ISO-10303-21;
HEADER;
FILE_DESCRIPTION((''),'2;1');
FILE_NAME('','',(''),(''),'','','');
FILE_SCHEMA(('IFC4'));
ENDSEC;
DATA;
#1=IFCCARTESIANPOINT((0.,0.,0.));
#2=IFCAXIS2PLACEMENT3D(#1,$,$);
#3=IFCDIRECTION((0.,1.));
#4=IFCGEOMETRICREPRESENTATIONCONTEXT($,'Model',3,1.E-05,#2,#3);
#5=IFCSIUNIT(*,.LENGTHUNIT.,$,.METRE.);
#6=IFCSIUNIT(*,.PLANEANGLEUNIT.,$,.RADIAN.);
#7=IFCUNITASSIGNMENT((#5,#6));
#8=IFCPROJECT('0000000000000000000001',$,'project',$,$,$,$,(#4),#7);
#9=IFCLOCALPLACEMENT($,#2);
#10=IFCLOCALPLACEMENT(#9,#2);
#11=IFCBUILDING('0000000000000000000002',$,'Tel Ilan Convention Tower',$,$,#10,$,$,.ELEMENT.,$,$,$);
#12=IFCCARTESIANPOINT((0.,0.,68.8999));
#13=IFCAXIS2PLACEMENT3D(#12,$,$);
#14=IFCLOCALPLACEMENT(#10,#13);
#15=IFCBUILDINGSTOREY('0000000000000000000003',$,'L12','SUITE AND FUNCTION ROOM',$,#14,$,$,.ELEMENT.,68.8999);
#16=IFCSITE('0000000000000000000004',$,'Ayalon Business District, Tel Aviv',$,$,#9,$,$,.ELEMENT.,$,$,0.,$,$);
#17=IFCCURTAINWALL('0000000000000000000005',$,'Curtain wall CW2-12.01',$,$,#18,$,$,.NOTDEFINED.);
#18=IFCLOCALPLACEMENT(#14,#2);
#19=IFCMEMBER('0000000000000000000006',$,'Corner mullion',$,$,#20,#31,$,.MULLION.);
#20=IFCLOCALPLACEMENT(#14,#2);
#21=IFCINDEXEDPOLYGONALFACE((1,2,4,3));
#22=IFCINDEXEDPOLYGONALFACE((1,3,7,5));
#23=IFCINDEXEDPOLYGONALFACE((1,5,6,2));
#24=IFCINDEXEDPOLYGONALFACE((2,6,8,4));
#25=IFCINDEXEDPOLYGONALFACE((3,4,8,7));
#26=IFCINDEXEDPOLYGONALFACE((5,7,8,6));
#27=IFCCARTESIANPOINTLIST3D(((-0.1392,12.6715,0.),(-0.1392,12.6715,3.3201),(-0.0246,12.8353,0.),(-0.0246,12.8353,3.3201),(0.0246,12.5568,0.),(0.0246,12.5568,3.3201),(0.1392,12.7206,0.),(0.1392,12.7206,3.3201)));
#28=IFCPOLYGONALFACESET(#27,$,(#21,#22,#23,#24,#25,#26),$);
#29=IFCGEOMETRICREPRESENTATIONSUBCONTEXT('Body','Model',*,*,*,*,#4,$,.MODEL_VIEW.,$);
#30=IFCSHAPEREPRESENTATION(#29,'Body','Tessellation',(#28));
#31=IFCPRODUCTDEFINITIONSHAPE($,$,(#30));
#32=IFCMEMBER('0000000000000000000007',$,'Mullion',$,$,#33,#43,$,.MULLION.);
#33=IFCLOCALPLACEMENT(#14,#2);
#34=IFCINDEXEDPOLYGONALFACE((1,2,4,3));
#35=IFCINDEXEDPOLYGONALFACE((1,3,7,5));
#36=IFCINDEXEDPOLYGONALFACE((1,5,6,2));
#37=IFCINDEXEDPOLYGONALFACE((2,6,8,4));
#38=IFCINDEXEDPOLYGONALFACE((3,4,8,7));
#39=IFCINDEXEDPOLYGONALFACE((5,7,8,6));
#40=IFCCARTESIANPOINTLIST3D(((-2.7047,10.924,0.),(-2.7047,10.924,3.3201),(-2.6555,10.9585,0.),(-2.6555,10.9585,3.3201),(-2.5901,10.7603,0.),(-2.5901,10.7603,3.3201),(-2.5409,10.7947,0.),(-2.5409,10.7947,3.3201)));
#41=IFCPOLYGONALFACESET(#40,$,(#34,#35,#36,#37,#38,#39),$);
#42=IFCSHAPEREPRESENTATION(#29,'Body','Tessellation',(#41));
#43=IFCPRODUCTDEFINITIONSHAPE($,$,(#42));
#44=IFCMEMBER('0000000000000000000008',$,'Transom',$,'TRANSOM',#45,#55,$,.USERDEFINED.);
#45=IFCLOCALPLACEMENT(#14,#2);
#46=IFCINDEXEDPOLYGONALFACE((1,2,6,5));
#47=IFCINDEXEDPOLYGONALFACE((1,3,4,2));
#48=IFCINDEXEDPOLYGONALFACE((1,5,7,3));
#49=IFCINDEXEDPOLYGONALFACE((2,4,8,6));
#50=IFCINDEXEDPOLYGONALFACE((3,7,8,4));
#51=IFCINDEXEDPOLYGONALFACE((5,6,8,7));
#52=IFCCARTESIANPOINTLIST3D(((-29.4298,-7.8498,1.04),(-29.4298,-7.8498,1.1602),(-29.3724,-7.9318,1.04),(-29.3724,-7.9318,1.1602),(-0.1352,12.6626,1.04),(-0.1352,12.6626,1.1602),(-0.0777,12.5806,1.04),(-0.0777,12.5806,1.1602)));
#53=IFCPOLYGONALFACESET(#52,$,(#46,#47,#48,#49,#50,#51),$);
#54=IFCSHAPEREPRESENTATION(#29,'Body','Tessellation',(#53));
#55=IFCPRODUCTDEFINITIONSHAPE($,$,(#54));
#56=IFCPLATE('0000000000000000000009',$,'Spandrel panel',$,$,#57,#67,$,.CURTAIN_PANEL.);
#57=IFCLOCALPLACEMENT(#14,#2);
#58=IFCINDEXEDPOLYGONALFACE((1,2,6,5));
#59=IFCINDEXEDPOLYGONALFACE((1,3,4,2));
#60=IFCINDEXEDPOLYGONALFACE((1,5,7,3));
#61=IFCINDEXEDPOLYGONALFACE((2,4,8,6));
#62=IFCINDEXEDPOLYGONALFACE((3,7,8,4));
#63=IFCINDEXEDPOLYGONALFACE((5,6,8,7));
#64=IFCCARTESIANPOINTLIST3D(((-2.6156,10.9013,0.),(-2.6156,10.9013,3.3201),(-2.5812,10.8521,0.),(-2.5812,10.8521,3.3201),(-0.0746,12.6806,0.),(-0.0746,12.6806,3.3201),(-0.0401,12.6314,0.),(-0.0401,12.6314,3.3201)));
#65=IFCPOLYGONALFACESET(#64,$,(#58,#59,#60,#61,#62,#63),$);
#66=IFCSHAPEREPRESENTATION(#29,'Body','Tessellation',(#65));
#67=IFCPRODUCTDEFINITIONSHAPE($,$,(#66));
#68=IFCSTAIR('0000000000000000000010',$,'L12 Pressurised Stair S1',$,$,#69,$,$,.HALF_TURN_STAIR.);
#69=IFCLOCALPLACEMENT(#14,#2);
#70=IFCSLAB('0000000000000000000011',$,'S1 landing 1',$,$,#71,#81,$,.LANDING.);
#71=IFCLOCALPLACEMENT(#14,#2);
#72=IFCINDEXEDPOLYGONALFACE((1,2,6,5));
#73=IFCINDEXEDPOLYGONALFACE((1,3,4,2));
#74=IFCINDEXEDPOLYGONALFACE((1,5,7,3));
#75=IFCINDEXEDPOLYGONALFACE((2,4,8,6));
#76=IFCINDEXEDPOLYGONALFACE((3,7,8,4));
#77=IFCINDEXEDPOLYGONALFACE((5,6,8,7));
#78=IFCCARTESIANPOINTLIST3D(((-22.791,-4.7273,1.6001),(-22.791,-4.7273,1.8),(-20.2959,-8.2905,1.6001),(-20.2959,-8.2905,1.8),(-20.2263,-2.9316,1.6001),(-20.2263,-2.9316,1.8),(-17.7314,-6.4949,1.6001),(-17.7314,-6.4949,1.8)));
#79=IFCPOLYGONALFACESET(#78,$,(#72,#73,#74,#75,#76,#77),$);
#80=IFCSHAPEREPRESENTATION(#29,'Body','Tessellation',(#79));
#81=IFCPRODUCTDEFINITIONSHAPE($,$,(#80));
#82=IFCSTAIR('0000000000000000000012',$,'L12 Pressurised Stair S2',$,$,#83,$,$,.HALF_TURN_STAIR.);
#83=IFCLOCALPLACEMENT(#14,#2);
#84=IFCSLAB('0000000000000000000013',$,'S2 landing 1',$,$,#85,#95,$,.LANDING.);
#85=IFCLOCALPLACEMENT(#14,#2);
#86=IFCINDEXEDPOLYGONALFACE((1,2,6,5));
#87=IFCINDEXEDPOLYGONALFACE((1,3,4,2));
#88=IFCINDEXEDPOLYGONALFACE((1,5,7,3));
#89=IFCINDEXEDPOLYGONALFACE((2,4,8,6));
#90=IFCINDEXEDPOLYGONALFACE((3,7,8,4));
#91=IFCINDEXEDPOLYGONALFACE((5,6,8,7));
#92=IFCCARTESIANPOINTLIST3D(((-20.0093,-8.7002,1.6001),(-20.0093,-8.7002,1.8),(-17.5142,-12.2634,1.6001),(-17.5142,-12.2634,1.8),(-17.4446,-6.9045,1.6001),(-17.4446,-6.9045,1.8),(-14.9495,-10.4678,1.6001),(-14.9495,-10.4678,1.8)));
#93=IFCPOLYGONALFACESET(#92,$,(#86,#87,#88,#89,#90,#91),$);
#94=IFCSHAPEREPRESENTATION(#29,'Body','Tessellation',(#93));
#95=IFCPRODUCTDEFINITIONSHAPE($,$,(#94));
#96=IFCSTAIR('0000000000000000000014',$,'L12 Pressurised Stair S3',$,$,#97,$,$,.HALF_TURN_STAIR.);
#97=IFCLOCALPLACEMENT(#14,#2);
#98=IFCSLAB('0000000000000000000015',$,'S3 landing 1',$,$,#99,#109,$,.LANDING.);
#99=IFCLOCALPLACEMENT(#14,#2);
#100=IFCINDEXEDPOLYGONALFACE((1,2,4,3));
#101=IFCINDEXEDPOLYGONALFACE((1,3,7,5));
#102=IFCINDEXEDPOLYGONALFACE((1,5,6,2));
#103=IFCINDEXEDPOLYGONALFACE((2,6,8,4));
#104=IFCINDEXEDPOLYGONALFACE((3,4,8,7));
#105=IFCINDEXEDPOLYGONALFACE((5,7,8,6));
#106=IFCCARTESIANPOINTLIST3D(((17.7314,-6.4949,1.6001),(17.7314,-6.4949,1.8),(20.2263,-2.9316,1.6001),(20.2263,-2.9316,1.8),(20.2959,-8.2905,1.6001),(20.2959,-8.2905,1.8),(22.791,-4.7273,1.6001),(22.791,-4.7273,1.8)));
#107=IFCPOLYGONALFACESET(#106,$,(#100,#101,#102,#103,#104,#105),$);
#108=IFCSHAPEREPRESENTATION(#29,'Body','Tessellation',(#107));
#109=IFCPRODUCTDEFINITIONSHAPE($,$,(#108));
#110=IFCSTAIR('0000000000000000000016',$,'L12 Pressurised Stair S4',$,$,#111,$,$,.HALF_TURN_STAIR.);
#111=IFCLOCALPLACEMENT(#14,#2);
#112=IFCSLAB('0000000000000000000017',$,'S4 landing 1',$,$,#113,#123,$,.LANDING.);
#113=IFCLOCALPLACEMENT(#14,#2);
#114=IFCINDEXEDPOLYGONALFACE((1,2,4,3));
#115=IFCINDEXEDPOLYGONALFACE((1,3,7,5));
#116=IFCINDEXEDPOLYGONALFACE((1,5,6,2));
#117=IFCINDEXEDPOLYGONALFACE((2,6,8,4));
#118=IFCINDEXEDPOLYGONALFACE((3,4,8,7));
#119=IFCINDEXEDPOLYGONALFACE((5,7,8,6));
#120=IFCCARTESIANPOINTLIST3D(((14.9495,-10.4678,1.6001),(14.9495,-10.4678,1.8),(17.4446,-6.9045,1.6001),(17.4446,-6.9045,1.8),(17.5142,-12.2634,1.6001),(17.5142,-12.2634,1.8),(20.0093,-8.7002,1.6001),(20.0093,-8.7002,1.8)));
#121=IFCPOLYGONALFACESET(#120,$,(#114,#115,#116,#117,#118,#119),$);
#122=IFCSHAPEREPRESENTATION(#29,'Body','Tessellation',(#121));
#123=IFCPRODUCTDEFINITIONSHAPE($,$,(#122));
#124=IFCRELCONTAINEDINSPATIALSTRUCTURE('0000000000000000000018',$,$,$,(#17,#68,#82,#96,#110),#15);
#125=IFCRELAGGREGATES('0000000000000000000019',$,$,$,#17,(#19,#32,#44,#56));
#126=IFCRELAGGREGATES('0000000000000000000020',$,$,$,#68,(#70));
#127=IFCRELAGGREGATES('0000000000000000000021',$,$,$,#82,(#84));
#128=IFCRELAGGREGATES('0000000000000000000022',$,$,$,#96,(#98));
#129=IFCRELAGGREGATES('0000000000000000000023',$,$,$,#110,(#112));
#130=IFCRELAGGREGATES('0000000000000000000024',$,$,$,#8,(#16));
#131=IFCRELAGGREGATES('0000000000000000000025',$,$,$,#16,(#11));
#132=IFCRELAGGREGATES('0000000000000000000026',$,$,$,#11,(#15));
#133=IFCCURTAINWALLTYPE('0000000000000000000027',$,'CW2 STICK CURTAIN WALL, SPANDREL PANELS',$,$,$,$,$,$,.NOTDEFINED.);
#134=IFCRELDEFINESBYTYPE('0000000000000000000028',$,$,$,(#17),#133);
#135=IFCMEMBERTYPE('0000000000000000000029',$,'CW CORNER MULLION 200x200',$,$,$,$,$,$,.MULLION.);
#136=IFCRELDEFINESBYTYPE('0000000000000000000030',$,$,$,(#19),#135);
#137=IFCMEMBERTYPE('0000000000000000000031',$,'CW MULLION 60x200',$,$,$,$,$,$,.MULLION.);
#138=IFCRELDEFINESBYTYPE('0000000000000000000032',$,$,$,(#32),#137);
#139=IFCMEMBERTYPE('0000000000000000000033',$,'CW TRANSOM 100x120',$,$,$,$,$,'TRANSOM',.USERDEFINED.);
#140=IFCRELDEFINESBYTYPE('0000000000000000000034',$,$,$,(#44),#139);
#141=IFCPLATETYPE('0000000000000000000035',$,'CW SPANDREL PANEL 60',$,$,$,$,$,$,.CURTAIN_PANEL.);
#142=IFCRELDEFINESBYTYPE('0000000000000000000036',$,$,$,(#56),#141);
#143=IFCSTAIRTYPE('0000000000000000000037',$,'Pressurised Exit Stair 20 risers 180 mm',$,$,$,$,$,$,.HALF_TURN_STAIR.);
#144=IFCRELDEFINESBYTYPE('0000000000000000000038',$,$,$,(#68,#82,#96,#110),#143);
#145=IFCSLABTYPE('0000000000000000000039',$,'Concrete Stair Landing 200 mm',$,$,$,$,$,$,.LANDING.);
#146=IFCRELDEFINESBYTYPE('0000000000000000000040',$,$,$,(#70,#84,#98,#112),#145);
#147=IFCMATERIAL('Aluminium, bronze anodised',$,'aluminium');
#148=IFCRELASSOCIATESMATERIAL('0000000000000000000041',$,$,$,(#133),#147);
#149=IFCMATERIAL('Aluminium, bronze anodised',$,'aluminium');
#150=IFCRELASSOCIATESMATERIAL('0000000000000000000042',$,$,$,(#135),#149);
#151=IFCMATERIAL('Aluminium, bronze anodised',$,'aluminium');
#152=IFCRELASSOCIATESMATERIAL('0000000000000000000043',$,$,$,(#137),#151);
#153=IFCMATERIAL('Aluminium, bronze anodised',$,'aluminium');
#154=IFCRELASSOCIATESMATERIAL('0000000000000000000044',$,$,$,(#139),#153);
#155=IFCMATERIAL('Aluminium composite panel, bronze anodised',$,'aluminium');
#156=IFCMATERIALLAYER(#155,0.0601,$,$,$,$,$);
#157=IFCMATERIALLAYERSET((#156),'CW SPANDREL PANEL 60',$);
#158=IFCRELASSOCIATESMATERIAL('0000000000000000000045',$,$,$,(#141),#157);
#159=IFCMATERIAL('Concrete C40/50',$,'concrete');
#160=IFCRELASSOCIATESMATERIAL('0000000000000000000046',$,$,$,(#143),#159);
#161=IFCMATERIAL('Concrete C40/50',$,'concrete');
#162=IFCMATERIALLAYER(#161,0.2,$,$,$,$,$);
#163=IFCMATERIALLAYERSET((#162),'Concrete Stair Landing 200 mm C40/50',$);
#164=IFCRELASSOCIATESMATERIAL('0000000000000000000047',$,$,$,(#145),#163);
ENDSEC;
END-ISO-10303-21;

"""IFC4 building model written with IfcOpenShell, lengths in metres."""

from ifc_helpers import new_model, si_unit, direction, frame, origin, origin_2d, place, context, subcontext, project, spatial, polyline, rectangle, outline, extrude, material, layer, layer_set, material_profile, profile_set, type_object, element, aggregate, save


model = new_model("IFC4")

# Units and contexts
model_context = context("Model", 3, precision=1e-05, world=origin(), true_north=direction((0.0, 1.0)))
body_context = subcontext(model_context, "Body", "Model", "MODEL_VIEW")
ifc_project = project(units=[si_unit("LENGTHUNIT", "METRE"), si_unit("PLANEANGLEUNIT", "RADIAN")], contexts=[model_context])

# Site, building, storey
site_placement = place(None, origin())
site = spatial("IfcSite", under=ifc_project, at=site_placement, Name="Ayalon Business District, Tel Aviv", CompositionType="ELEMENT", RefElevation=0.0)
building_placement = place(site_placement, origin())
building = spatial("IfcBuilding", under=site, at=building_placement, Name="Tel Ilan Convention Tower", CompositionType="ELEMENT")
storey_placement = place(building_placement, frame((0.0, 0.0, 68.8999)))
storey = spatial("IfcBuildingStorey", under=building, at=storey_placement, Name="L12", Description="SUITE AND FUNCTION ROOM", CompositionType="ELEMENT", Elevation=68.8999)

# Curtain wall, members, plate
ifc_material_1 = material(Name="Aluminium, bronze anodised", Category="aluminium")
curtain_wall_type = type_object("IfcCurtainWallType", Name="CW2 STICK CURTAIN WALL, SPANDREL PANELS", PredefinedType="NOTDEFINED", material=ifc_material_1)
curtain_wall_placement = place(storey_placement, origin())
curtain_wall = element("IfcCurtainWall", 1, at=curtain_wall_placement, inside=storey, type_object=curtain_wall_type, Name="Curtain wall CW2-12.01", PredefinedType="NOTDEFINED")
ifc_material_2 = material(Name="Aluminium, bronze anodised", Category="aluminium")
ifc_material_profile_1 = material_profile(ifc_material_2, rectangle(XDim=0.2, YDim=0.2, at=origin_2d()), Name="CW CORNER MULLION 200x200")
ifc_profile_set_1 = profile_set([ifc_material_profile_1], Name="Aluminium, bronze anodised")
member_type_1 = type_object("IfcMemberType", Name="CW CORNER MULLION 200x200", PredefinedType="MULLION", material=ifc_profile_set_1)
member_1_placement = place(storey_placement, frame((0.0, 12.696, 0.0), z_axis=(0.0, 0.0, 1.0), x_axis=(-0.819152, 0.573576, 0.0)))
member_1 = element("IfcMember", 2, at=member_1_placement, type_object=member_type_1, Name="Corner mullion", PredefinedType="MULLION", context=body_context, shape_type="SweptSolid", body=[
    extrude(rectangle(XDim=0.2, YDim=0.2, at=origin_2d()), origin(), (0.0, 0.0, 1.0), 3.3201),
])
ifc_material_3 = material(Name="Aluminium, bronze anodised", Category="aluminium")
ifc_material_profile_2 = material_profile(ifc_material_3, rectangle(XDim=0.0601, YDim=0.2, at=origin_2d()), Name="CW MULLION 60x200")
ifc_profile_set_2 = profile_set([ifc_material_profile_2], Name="Aluminium, bronze anodised")
member_type_2 = type_object("IfcMemberType", Name="CW MULLION 60x200", PredefinedType="MULLION", material=ifc_profile_set_2)
member_2_placement = place(storey_placement, frame((-2.6228, 10.8594, 0.0), z_axis=(0.0, 0.0, 1.0), x_axis=(-0.819152, -0.573576, 0.0)))
member_2 = element("IfcMember", 3, at=member_2_placement, type_object=member_type_2, Name="Mullion", PredefinedType="MULLION", context=body_context, shape_type="SweptSolid", body=[
    extrude(rectangle(XDim=0.0601, YDim=0.2, at=origin_2d()), origin(), (0.0, 0.0, 1.0), 3.3201),
])
ifc_material_4 = material(Name="Aluminium, bronze anodised", Category="aluminium")
ifc_material_profile_3 = material_profile(ifc_material_4, rectangle(XDim=0.1001, YDim=0.1201, at=origin_2d()), Name="CW TRANSOM 100x120")
ifc_profile_set_3 = profile_set([ifc_material_profile_3], Name="Aluminium, bronze anodised")
member_type_3 = type_object("IfcMemberType", Name="CW TRANSOM 100x120", ElementType="TRANSOM", PredefinedType="USERDEFINED", material=ifc_profile_set_3)
member_3_placement = place(storey_placement, frame((-0.1064, 12.6216, 1.1001), z_axis=(-0.819151, -0.573578, 0.0), x_axis=(0.573578, -0.819151, 0.0)))
member_3 = element("IfcMember", 4, at=member_3_placement, type_object=member_type_3, Name="Transom", ObjectType="TRANSOM", PredefinedType="USERDEFINED", context=body_context, shape_type="SweptSolid", body=[
    extrude(rectangle(XDim=0.1001, YDim=0.1201, at=origin_2d()), origin(), (0.0, 0.0, 1.0), 35.7622),
])
ifc_material_5 = material(Name="Aluminium composite panel, bronze anodised", Category="aluminium")
ifc_layer_1 = layer(ifc_material_5, 0.0601)
ifc_layer_set_1 = layer_set([ifc_layer_1], Name="CW SPANDREL PANEL 60")
plate_type = type_object("IfcPlateType", Name="CW SPANDREL PANEL 60", PredefinedType="CURTAIN_PANEL", material=ifc_layer_set_1)
plate_placement = place(storey_placement, frame((-1.3279, 11.7664, 0.0), z_axis=(0.0, 0.0, 1.0), x_axis=(-0.819152, -0.573576, 0.0)))
plate = element("IfcPlate", 5, at=plate_placement, type_object=plate_type, Name="Spandrel panel", PredefinedType="CURTAIN_PANEL", context=body_context, shape_type="SweptSolid", body=[
    extrude(rectangle(XDim=3.1021, YDim=0.0601, at=origin_2d()), origin(), (0.0, 0.0, 1.0), 3.3201),
])
aggregate(curtain_wall, [member_1, member_2, member_3, plate])

# Stairs, slabs
ifc_material_6 = material(Name="Concrete C40/50", Category="concrete")
stair_type = type_object("IfcStairType", Name="Pressurised Exit Stair 20 risers 180 mm", PredefinedType="HALF_TURN_STAIR", material=ifc_material_6)
stair_1_placement = place(storey_placement, origin())
stair_1 = element("IfcStair", 6, at=stair_1_placement, inside=storey, type_object=stair_type, Name="L12 Pressurised Stair S1", PredefinedType="HALF_TURN_STAIR")
ifc_material_7 = material(Name="Concrete C40/50", Category="concrete")
ifc_layer_2 = layer(ifc_material_7, 0.2)
ifc_layer_set_2 = layer_set([ifc_layer_2], Name="Concrete Stair Landing 200 mm C40/50")
slab_type_1 = type_object("IfcSlabType", Name="Concrete Stair Landing 200 mm", PredefinedType="LANDING", material=ifc_layer_set_2)
slab_1_placement = place(storey_placement, frame((0.0, 0.0, 1.6001)))
slab_1 = element("IfcSlab", 7, at=slab_1_placement, type_object=slab_type_1, Name="S1 landing 1", PredefinedType="LANDING", context=body_context, shape_type="SweptSolid", body=[
    extrude(outline(polyline([(-20.2959, -8.2905), (-17.7314, -6.4949), (-20.2263, -2.9316), (-22.791, -4.7273), (-20.2959, -8.2905)])), origin(), (0.0, 0.0, 1.0), 0.2),
])
aggregate(stair_1, [slab_1])
stair_2_placement = place(storey_placement, origin())
stair_2 = element("IfcStair", 8, at=stair_2_placement, inside=storey, type_object=stair_type, Name="L12 Pressurised Stair S2", PredefinedType="HALF_TURN_STAIR")
slab_2_placement = place(storey_placement, frame((0.0, 0.0, 1.6001)))
slab_2 = element("IfcSlab", 9, at=slab_2_placement, type_object=slab_type_1, Name="S2 landing 1", PredefinedType="LANDING", context=body_context, shape_type="SweptSolid", body=[
    extrude(outline(polyline([(-17.5142, -12.2634), (-14.9495, -10.4678), (-17.4446, -6.9045), (-20.0093, -8.7002), (-17.5142, -12.2634)])), origin(), (0.0, 0.0, 1.0), 0.2),
])
aggregate(stair_2, [slab_2])
stair_3_placement = place(storey_placement, origin())
stair_3 = element("IfcStair", 10, at=stair_3_placement, inside=storey, type_object=stair_type, Name="L12 Pressurised Stair S3", PredefinedType="HALF_TURN_STAIR")
slab_3_placement = place(storey_placement, frame((0.0, 0.0, 1.6001)))
slab_3 = element("IfcSlab", 11, at=slab_3_placement, type_object=slab_type_1, Name="S3 landing 1", PredefinedType="LANDING", context=body_context, shape_type="SweptSolid", body=[
    extrude(outline(polyline([(22.791, -4.7273), (20.2263, -2.9316), (17.7314, -6.4949), (20.2959, -8.2905), (22.791, -4.7273)])), origin(), (0.0, 0.0, 1.0), 0.2),
])
aggregate(stair_3, [slab_3])
stair_4_placement = place(storey_placement, origin())
stair_4 = element("IfcStair", 12, at=stair_4_placement, inside=storey, type_object=stair_type, Name="L12 Pressurised Stair S4", PredefinedType="HALF_TURN_STAIR")
slab_4_placement = place(storey_placement, frame((0.0, 0.0, 1.6001)))
slab_4 = element("IfcSlab", 13, at=slab_4_placement, type_object=slab_type_1, Name="S4 landing 1", PredefinedType="LANDING", context=body_context, shape_type="SweptSolid", body=[
    extrude(outline(polyline([(20.0093, -8.7002), (17.4446, -6.9045), (14.9495, -10.4678), (17.5142, -12.2634), (20.0093, -8.7002)])), origin(), (0.0, 0.0, 1.0), 0.2),
])
aggregate(stair_4, [slab_4])

save(model, "model.ifc")
